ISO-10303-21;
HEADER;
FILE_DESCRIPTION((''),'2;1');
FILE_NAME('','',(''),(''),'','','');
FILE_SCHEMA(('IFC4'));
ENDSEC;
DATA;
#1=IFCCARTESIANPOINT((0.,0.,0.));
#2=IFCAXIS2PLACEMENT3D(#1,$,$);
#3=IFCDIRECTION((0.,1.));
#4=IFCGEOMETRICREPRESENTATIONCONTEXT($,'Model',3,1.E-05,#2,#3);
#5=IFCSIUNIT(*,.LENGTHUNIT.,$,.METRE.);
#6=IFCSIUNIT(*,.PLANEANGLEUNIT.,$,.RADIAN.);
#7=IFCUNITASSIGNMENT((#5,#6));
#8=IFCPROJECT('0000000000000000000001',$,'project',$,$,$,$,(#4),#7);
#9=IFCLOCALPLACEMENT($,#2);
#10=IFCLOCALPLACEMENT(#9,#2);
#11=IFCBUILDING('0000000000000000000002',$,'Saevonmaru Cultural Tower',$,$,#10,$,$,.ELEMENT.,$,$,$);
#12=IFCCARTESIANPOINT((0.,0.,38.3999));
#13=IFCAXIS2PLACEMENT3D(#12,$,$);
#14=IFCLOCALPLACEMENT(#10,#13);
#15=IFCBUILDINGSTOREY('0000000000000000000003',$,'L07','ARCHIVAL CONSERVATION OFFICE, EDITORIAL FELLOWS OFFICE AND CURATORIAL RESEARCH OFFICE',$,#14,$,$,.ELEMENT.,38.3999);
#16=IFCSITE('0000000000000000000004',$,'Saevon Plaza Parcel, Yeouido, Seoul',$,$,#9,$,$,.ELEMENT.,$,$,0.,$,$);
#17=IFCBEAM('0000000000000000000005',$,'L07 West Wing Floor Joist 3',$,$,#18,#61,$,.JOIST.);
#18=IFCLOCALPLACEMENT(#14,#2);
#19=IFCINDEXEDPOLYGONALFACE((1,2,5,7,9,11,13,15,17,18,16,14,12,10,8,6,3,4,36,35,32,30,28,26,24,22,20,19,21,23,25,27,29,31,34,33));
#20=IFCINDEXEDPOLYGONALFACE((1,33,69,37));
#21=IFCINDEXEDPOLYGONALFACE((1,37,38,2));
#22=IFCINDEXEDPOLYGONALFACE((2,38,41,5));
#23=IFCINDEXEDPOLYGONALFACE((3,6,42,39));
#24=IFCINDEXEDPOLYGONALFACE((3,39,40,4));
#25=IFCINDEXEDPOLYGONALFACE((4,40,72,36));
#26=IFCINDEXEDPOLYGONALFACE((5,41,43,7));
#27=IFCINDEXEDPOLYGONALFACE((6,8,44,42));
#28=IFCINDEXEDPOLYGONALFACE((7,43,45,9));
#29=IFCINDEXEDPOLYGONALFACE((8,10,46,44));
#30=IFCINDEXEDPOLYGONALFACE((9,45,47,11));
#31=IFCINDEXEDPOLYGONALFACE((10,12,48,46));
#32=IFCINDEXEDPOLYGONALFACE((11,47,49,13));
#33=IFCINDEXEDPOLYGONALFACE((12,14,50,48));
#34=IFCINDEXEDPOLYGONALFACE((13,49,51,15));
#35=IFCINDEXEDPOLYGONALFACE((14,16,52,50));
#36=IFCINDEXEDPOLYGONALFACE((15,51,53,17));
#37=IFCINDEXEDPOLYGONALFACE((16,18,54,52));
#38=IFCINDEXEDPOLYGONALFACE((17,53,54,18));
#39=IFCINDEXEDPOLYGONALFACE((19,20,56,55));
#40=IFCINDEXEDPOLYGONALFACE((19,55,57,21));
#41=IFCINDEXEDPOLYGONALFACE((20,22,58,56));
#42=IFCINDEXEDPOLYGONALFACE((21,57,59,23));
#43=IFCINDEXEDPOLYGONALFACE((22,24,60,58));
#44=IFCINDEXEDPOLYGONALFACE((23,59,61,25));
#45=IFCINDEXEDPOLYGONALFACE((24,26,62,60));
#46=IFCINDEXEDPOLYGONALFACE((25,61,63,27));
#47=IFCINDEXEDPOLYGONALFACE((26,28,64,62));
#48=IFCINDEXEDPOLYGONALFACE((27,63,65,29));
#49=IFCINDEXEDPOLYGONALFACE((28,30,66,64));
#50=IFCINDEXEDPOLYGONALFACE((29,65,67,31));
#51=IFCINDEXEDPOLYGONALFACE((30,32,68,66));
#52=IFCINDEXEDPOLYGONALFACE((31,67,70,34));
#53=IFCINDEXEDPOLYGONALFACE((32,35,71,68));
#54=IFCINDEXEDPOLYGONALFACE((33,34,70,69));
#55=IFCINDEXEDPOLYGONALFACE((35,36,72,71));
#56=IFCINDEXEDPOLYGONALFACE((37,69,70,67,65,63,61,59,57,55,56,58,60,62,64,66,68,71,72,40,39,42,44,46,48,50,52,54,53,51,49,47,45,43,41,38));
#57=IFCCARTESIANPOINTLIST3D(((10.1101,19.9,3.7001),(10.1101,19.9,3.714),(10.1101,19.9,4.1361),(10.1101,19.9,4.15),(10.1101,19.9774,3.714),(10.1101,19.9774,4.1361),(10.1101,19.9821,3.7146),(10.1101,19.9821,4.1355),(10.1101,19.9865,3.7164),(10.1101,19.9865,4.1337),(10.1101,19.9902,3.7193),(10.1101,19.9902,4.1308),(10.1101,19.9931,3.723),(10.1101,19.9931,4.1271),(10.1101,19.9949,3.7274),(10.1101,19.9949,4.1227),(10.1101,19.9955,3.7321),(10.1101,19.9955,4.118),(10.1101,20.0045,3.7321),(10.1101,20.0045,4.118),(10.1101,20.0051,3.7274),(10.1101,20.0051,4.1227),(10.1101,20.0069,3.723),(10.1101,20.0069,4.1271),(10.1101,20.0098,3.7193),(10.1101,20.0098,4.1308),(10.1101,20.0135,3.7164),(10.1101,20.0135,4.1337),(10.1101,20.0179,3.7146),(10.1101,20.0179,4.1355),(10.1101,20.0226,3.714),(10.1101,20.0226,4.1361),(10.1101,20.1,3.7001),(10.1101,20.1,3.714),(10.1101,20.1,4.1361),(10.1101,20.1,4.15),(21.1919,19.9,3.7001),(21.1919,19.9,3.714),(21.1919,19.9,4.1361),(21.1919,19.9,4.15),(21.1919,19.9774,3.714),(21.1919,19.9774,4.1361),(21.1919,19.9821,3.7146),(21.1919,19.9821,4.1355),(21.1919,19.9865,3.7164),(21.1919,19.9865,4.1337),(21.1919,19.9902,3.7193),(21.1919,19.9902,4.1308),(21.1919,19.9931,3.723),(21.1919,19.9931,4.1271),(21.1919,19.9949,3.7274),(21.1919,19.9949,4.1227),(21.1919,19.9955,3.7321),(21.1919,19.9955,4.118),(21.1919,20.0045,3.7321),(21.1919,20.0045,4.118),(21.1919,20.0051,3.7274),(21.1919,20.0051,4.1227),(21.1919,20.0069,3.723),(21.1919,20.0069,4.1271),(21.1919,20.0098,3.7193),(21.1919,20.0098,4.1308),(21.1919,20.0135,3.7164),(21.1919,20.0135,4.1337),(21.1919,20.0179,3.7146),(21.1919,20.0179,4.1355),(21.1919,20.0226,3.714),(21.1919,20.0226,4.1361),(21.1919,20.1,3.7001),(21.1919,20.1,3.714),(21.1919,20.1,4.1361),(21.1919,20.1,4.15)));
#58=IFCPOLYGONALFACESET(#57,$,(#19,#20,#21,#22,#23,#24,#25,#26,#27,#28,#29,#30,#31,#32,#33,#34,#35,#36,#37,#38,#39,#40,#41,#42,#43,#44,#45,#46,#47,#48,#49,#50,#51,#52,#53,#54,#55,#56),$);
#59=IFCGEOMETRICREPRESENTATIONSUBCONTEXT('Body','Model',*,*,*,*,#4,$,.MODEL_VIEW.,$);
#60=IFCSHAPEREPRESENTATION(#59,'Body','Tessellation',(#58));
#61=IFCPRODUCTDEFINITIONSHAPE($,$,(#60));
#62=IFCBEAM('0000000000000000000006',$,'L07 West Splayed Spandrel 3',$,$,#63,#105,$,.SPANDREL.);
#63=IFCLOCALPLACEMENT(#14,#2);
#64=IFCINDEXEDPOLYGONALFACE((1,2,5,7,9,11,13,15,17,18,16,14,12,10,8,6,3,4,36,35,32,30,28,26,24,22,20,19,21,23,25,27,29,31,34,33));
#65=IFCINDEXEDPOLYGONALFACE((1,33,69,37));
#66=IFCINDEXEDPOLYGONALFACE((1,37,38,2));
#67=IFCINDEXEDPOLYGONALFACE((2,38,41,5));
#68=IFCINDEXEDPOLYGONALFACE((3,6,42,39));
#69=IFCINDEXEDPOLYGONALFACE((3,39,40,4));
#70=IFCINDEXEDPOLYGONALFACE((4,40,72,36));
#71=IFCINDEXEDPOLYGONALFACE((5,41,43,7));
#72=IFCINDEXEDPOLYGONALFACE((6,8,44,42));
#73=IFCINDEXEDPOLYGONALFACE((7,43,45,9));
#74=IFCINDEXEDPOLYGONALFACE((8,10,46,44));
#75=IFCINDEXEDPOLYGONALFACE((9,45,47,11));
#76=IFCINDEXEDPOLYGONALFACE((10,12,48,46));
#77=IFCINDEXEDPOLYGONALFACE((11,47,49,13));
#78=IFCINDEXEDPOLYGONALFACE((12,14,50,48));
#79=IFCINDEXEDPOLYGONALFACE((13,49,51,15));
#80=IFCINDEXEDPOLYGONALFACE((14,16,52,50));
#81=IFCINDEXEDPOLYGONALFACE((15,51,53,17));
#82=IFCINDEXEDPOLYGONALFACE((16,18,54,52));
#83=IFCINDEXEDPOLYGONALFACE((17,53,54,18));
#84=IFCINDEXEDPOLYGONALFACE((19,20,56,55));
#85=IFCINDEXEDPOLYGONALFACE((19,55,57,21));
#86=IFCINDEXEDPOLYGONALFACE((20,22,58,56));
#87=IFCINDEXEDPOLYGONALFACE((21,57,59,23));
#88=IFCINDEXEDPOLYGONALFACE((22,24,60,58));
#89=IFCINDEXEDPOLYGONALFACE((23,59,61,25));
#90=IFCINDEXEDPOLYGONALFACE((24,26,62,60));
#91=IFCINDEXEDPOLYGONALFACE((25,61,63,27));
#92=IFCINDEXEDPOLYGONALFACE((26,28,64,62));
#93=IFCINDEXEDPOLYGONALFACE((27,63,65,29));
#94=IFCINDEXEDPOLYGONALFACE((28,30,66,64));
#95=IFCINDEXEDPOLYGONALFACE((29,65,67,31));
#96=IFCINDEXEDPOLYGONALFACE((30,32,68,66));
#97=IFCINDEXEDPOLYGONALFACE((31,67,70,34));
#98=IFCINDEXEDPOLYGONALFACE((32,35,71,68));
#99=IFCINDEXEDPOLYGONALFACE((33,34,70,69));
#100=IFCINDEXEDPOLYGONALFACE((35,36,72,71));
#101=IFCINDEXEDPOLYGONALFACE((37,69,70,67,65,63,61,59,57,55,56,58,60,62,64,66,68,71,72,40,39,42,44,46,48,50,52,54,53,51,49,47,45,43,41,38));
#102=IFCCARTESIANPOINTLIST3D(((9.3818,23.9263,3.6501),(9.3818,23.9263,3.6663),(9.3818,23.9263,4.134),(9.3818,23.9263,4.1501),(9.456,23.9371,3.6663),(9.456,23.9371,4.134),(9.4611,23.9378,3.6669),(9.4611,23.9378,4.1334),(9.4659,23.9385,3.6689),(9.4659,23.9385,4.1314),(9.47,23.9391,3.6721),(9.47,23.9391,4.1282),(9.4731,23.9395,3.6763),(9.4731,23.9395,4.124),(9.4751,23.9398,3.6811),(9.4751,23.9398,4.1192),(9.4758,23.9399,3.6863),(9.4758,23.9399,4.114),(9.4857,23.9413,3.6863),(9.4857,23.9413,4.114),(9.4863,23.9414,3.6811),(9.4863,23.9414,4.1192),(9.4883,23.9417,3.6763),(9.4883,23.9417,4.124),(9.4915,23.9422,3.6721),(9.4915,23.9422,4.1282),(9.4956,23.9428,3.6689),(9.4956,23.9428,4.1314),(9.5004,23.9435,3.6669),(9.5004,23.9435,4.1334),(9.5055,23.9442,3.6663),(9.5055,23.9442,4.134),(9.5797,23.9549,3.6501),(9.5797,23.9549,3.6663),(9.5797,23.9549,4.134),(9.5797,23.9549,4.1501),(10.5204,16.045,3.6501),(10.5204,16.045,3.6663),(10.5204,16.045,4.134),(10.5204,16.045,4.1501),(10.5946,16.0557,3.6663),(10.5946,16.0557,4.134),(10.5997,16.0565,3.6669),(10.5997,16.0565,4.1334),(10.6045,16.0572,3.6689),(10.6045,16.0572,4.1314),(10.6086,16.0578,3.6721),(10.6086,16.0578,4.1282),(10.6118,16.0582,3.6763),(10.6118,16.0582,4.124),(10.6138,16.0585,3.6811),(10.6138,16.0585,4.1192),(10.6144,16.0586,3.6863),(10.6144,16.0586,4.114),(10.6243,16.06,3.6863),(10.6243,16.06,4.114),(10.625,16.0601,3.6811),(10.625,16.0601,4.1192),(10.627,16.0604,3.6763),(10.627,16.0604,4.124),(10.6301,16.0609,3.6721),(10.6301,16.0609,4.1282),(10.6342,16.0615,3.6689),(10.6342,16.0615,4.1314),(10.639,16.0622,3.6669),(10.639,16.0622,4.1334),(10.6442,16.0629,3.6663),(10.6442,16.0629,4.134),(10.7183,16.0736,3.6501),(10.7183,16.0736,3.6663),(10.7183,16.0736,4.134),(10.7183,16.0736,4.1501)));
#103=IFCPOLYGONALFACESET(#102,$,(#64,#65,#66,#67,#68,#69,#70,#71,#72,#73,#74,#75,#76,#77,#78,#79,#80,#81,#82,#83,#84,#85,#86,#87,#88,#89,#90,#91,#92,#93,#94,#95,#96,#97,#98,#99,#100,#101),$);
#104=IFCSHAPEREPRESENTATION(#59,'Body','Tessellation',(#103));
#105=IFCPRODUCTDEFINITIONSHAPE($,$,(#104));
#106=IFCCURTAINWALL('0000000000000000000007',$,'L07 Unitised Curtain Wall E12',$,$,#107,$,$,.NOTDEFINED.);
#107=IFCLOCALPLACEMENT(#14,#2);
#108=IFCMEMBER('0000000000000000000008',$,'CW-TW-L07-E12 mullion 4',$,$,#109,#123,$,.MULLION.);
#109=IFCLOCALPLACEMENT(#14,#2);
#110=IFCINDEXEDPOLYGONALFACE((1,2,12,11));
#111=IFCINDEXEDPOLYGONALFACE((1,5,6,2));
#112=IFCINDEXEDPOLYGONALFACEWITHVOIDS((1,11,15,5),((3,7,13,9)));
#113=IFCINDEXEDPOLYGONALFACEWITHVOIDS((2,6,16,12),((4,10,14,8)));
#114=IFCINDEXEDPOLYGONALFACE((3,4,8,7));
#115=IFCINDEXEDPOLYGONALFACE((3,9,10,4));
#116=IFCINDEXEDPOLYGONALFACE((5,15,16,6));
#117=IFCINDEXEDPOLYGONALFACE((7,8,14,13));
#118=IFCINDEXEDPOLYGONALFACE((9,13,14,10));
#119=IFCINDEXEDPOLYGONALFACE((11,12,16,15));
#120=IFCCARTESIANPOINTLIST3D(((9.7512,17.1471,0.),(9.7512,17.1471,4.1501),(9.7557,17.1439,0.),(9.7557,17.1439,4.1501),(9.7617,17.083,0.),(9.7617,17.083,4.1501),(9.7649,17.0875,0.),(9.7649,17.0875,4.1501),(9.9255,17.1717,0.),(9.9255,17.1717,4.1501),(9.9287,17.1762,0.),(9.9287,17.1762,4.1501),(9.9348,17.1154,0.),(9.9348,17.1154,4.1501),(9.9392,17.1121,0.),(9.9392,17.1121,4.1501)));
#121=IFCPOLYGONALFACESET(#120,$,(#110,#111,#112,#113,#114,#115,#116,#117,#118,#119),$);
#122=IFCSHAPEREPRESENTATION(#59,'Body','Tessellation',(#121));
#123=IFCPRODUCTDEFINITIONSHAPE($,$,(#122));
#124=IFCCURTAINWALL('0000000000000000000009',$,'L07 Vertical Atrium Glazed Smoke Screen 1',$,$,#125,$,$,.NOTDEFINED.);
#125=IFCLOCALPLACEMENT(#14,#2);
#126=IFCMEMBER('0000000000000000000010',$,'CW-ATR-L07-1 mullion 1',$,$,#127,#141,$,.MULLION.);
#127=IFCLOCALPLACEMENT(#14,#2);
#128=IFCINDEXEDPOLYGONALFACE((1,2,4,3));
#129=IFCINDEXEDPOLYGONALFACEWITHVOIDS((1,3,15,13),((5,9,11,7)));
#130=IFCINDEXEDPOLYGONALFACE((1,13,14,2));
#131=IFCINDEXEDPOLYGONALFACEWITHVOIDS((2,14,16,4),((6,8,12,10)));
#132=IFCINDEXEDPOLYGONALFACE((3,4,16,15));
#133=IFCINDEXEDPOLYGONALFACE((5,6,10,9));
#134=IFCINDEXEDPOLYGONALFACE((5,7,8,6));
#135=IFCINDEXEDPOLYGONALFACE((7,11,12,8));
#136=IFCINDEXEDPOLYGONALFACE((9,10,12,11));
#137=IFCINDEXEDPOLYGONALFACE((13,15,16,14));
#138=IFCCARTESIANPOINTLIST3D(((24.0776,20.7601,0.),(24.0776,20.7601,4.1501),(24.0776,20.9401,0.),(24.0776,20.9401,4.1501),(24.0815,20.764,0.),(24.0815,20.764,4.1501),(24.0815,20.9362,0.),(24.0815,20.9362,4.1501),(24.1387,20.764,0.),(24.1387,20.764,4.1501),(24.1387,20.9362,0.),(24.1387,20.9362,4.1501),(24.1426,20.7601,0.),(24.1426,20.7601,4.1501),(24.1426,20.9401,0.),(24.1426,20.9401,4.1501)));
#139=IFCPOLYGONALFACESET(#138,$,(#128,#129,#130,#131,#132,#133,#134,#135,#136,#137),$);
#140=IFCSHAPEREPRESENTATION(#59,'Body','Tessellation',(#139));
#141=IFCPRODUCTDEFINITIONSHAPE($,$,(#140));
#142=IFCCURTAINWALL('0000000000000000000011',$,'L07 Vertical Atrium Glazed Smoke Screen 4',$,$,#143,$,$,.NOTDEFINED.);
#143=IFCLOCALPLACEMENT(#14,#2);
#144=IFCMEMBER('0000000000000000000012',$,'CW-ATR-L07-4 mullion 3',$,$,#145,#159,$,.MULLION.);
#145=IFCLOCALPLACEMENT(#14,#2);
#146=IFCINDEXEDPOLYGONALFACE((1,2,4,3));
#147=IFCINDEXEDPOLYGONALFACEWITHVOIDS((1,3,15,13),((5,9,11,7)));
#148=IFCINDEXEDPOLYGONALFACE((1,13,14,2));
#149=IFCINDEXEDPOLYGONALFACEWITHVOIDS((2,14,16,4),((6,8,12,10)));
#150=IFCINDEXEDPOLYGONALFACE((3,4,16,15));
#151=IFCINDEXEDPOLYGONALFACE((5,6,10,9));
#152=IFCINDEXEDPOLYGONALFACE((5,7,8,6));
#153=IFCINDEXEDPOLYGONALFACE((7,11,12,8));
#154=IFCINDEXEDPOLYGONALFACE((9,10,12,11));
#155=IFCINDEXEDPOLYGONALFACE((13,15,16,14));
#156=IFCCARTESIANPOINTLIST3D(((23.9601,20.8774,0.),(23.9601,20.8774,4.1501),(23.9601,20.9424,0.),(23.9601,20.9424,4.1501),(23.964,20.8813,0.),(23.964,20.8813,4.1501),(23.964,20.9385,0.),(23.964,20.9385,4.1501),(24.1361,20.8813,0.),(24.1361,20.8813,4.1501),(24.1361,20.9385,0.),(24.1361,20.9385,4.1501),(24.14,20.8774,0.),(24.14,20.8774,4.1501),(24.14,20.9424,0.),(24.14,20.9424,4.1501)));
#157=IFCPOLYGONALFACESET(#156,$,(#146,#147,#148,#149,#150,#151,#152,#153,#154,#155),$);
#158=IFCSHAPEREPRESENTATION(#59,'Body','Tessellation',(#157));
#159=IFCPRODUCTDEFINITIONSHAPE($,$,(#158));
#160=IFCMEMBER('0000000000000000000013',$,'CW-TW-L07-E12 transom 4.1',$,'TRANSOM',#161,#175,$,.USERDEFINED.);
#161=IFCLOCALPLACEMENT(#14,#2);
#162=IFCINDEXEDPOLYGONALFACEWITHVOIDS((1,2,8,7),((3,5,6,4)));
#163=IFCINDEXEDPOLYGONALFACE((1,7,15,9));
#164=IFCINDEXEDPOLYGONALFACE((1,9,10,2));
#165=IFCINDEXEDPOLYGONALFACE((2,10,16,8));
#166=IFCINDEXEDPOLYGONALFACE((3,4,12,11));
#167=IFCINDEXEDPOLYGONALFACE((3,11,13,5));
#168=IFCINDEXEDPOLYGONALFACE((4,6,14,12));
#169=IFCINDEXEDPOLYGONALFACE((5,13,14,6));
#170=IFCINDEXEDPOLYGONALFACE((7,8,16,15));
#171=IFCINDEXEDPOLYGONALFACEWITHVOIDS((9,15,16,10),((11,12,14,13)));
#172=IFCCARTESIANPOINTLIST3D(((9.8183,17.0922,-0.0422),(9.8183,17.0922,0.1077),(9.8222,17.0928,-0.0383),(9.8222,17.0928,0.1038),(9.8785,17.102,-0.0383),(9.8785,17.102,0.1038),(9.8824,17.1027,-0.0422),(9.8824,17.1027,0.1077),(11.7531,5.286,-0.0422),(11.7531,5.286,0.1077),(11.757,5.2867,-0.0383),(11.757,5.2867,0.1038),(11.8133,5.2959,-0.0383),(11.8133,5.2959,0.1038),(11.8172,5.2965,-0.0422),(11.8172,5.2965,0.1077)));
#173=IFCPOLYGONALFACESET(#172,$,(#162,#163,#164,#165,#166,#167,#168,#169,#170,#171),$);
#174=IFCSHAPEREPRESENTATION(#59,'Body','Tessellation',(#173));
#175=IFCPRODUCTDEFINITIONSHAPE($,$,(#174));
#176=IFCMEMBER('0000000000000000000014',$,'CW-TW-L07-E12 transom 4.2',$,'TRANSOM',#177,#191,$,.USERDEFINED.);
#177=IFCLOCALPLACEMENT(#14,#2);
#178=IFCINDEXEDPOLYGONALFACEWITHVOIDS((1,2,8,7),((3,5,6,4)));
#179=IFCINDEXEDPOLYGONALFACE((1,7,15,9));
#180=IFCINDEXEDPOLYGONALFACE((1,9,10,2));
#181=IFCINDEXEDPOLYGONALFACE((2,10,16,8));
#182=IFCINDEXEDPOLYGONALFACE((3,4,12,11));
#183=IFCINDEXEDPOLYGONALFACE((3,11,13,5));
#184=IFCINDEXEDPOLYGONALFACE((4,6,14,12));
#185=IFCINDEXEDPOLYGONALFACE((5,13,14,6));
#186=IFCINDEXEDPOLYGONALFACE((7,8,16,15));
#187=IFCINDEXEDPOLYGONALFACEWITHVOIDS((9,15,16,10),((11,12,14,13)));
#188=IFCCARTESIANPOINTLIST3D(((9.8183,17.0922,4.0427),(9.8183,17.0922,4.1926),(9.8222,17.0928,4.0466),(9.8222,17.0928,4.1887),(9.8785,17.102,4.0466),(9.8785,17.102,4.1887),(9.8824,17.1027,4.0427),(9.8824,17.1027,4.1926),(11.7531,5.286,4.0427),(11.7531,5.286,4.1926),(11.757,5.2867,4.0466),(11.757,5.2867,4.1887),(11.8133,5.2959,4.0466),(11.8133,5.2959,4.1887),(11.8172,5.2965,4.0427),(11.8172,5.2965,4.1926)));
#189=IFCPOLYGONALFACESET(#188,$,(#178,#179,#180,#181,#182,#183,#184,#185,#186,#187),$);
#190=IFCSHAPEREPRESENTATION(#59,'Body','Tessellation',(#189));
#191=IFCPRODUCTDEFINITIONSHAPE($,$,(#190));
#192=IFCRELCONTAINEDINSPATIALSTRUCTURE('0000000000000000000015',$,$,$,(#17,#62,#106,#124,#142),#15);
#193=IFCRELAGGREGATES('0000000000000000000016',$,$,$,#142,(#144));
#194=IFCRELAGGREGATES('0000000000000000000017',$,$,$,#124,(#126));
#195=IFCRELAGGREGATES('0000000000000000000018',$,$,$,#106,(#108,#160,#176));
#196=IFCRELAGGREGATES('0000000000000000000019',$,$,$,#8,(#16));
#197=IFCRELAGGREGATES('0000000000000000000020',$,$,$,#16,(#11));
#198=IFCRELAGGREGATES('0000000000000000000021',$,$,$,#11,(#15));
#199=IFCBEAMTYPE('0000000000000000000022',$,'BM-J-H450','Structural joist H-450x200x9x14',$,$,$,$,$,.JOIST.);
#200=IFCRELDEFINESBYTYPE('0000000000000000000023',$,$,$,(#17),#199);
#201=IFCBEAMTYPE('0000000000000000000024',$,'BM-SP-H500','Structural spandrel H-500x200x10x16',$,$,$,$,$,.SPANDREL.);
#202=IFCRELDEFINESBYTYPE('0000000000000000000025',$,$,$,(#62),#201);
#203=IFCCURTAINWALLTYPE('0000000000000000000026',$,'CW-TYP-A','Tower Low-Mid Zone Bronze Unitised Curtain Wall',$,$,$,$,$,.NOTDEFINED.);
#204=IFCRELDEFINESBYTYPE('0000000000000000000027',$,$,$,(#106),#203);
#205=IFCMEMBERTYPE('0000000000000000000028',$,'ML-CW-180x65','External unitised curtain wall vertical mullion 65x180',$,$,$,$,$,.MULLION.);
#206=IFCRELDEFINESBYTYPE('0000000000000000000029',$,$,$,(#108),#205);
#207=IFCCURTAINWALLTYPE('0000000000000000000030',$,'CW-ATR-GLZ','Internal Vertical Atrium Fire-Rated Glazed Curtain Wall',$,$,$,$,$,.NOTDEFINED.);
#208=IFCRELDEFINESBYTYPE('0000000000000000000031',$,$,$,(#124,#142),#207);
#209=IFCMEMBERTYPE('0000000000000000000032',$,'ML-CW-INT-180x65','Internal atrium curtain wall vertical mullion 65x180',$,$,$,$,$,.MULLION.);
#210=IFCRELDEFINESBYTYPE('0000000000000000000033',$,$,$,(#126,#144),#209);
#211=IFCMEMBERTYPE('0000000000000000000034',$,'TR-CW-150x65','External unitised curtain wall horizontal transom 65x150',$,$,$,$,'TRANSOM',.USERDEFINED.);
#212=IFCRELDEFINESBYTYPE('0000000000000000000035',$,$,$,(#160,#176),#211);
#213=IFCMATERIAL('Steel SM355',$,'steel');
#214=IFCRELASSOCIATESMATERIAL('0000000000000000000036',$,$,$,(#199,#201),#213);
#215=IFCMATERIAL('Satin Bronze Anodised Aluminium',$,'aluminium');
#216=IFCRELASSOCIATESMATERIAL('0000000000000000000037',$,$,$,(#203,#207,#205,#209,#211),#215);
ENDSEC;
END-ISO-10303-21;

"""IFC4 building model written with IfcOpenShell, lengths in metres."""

from ifc_helpers import new_model, si_unit, direction, frame, origin, origin_2d, place, context, subcontext, project, spatial, hollow_rectangle, i_section, extrude, material, material_profile, profile_set, type_object, element, aggregate, save


model = new_model("IFC4")

# Units and contexts
model_context = context("Model", 3, precision=1e-05, world=origin(), true_north=direction((0.0, 1.0)))
body_context = subcontext(model_context, "Body", "Model", "MODEL_VIEW")
ifc_project = project(units=[si_unit("LENGTHUNIT", "METRE"), si_unit("PLANEANGLEUNIT", "RADIAN")], contexts=[model_context])

# Site, building, storey
site_placement = place(None, origin())
site = spatial("IfcSite", under=ifc_project, at=site_placement, Name="Saevon Plaza Parcel, Yeouido, Seoul", CompositionType="ELEMENT", RefElevation=0.0)
building_placement = place(site_placement, origin())
building = spatial("IfcBuilding", under=site, at=building_placement, Name="Saevonmaru Cultural Tower", CompositionType="ELEMENT")
storey_placement = place(building_placement, frame((0.0, 0.0, 38.3999)))
storey = spatial("IfcBuildingStorey", under=building, at=storey_placement, Name="L07", Description="ARCHIVAL CONSERVATION OFFICE, EDITORIAL FELLOWS OFFICE AND CURATORIAL RESEARCH OFFICE", CompositionType="ELEMENT", Elevation=38.3999)

# Beams
ifc_material_1 = material(Name="Steel SM355", Category="steel")
ifc_material_profile_1 = material_profile(ifc_material_1, i_section(OverallWidth=0.2, OverallDepth=0.45, WebThickness=0.009, FlangeThickness=0.0139, FilletRadius=0.0181, at=origin_2d()), Name="H-450x200x9x14")
ifc_profile_set_1 = profile_set([ifc_material_profile_1], Name="Steel SM355")
beam_type_1 = type_object("IfcBeamType", Name="BM-J-H450", Description="Structural joist H-450x200x9x14", PredefinedType="JOIST", material=ifc_profile_set_1)
beam_1_placement = place(storey_placement, frame((10.1101, 20.0, 3.925), z_axis=(1.0, 0.0, 0.0), x_axis=(0.0, 1.0, 0.0)))
element("IfcBeam", 1, at=beam_1_placement, inside=storey, type_object=beam_type_1, Name="L07 West Wing Floor Joist 3", PredefinedType="JOIST", context=body_context, shape_type="SweptSolid", body=[
    extrude(i_section(OverallWidth=0.2, OverallDepth=0.45, WebThickness=0.009, FlangeThickness=0.0139, FilletRadius=0.0181, at=origin_2d()), origin(), (0.0, 0.0, 1.0), 11.0818),
])
ifc_material_profile_2 = material_profile(ifc_material_1, i_section(OverallWidth=0.2, OverallDepth=0.5, WebThickness=0.01, FlangeThickness=0.0161, FilletRadius=0.02, at=origin_2d()), Name="H-500x200x10x16")
ifc_profile_set_2 = profile_set([ifc_material_profile_2], Name="Steel SM355")
beam_type_2 = type_object("IfcBeamType", Name="BM-SP-H500", Description="Structural spandrel H-500x200x10x16", PredefinedType="SPANDREL", material=ifc_profile_set_2)
beam_2_placement = place(storey_placement, frame((10.6194, 16.0593, 3.9001), z_axis=(-0.142992, 0.989724, 0.0), x_axis=(-0.989724, -0.142992, 0.0)))
element("IfcBeam", 2, at=beam_2_placement, inside=storey, type_object=beam_type_2, Name="L07 West Splayed Spandrel 3", PredefinedType="SPANDREL", context=body_context, shape_type="SweptSolid", body=[
    extrude(i_section(OverallWidth=0.2, OverallDepth=0.5, WebThickness=0.01, FlangeThickness=0.0161, FilletRadius=0.02, at=origin_2d()), origin(), (0.0, 0.0, 1.0), 7.9631),
])

# Curtain walls, members
ifc_material_2 = material(Name="Satin Bronze Anodised Aluminium", Category="aluminium")
curtain_wall_type_1 = type_object("IfcCurtainWallType", Name="CW-TYP-A", Description="Tower Low-Mid Zone Bronze Unitised Curtain Wall", PredefinedType="NOTDEFINED", material=ifc_material_2)
curtain_wall_1_placement = place(storey_placement, origin())
curtain_wall_1 = element("IfcCurtainWall", 3, at=curtain_wall_1_placement, inside=storey, type_object=curtain_wall_type_1, Name="L07 Unitised Curtain Wall E12", PredefinedType="NOTDEFINED")
ifc_material_profile_3 = material_profile(ifc_material_2, hollow_rectangle(XDim=0.0649, YDim=0.1799, WallThickness=0.0039, at=origin_2d()), Name="ALU-MULL-180x65x4")
ifc_profile_set_3 = profile_set([ifc_material_profile_3], Name="Satin Bronze Anodised Aluminium")
member_type_1 = type_object("IfcMemberType", Name="ML-CW-180x65", Description="External unitised curtain wall vertical mullion 65x180", PredefinedType="MULLION", material=ifc_profile_set_3)
member_1_placement = place(storey_placement, frame((9.8452, 17.1296, 0.0), z_axis=(0.0, 0.0, 1.0), x_axis=(0.161709, -0.986839, 0.0)))
member_1 = element("IfcMember", 4, at=member_1_placement, type_object=member_type_1, Name="CW-TW-L07-E12 mullion 4", PredefinedType="MULLION", context=body_context, shape_type="SweptSolid", body=[
    extrude(hollow_rectangle(XDim=0.0649, YDim=0.1799, WallThickness=0.0039, at=origin_2d()), origin(), (0.0, 0.0, 1.0), 4.1501),
])
curtain_wall_type_2 = type_object("IfcCurtainWallType", Name="CW-ATR-GLZ", Description="Internal Vertical Atrium Fire-Rated Glazed Curtain Wall", PredefinedType="NOTDEFINED", material=ifc_material_2)
curtain_wall_2_placement = place(storey_placement, origin())
curtain_wall_2 = element("IfcCurtainWall", 5, at=curtain_wall_2_placement, inside=storey, type_object=curtain_wall_type_2, Name="L07 Vertical Atrium Glazed Smoke Screen 1", PredefinedType="NOTDEFINED")
ifc_material_profile_4 = material_profile(ifc_material_2, hollow_rectangle(XDim=0.0649, YDim=0.1799, WallThickness=0.0039, at=origin_2d()), Name="ALU-MULL-180x65x4")
ifc_profile_set_4 = profile_set([ifc_material_profile_4], Name="Satin Bronze Anodised Aluminium")
member_type_2 = type_object("IfcMemberType", Name="ML-CW-INT-180x65", Description="Internal atrium curtain wall vertical mullion 65x180", PredefinedType="MULLION", material=ifc_profile_set_4)
member_2_placement = place(storey_placement, frame((24.1101, 20.8501, 0.0), z_axis=(0.0, 0.0, 1.0), x_axis=(1.0, 0.0, 0.0)))
member_2 = element("IfcMember", 6, at=member_2_placement, type_object=member_type_2, Name="CW-ATR-L07-1 mullion 1", PredefinedType="MULLION", context=body_context, shape_type="SweptSolid", body=[
    extrude(hollow_rectangle(XDim=0.0649, YDim=0.1799, WallThickness=0.0039, at=origin_2d()), origin(), (0.0, 0.0, 1.0), 4.1501),
])
curtain_wall_3_placement = place(storey_placement, origin())
curtain_wall_3 = element("IfcCurtainWall", 7, at=curtain_wall_3_placement, inside=storey, type_object=curtain_wall_type_2, Name="L07 Vertical Atrium Glazed Smoke Screen 4", PredefinedType="NOTDEFINED")
member_3_placement = place(storey_placement, frame((24.05, 20.9099, 0.0), z_axis=(0.0, 0.0, 1.0), x_axis=(0.0, -1.0, 0.0)))
member_3 = element("IfcMember", 8, at=member_3_placement, type_object=member_type_2, Name="CW-ATR-L07-4 mullion 3", PredefinedType="MULLION", context=body_context, shape_type="SweptSolid", body=[
    extrude(hollow_rectangle(XDim=0.0649, YDim=0.1799, WallThickness=0.0039, at=origin_2d()), origin(), (0.0, 0.0, 1.0), 4.1501),
])
aggregate(curtain_wall_3, [member_3])

# Members
ifc_material_profile_5 = material_profile(ifc_material_2, hollow_rectangle(XDim=0.0649, YDim=0.1499, WallThickness=0.0039, at=origin_2d()), Name="ALU-TRAN-150x65x4")
ifc_profile_set_5 = profile_set([ifc_material_profile_5], Name="Satin Bronze Anodised Aluminium")
member_type_3 = type_object("IfcMemberType", Name="TR-CW-150x65", Description="External unitised curtain wall horizontal transom 65x150", ElementType="TRANSOM", PredefinedType="USERDEFINED", material=ifc_profile_set_5)
member_4_placement = place(storey_placement, frame((9.8503, 17.0974, 0.0327), z_axis=(0.161725, -0.986836, 0.0), x_axis=(0.986836, 0.161725, 0.0)))
member_4 = element("IfcMember", 9, at=member_4_placement, type_object=member_type_3, Name="CW-TW-L07-E12 transom 4.1", ObjectType="TRANSOM", PredefinedType="USERDEFINED", context=body_context, shape_type="SweptSolid", body=[
    extrude(hollow_rectangle(XDim=0.0649, YDim=0.1499, WallThickness=0.0039, at=origin_2d()), origin(), (0.0, 0.0, 1.0), 11.9636),
])
member_5_placement = place(storey_placement, frame((9.8503, 17.0974, 4.1177), z_axis=(0.161725, -0.986836, 0.0), x_axis=(0.986836, 0.161725, 0.0)))
member_5 = element("IfcMember", 10, at=member_5_placement, type_object=member_type_3, Name="CW-TW-L07-E12 transom 4.2", ObjectType="TRANSOM", PredefinedType="USERDEFINED", context=body_context, shape_type="SweptSolid", body=[
    extrude(hollow_rectangle(XDim=0.0649, YDim=0.1499, WallThickness=0.0039, at=origin_2d()), origin(), (0.0, 0.0, 1.0), 11.9636),
])
aggregate(curtain_wall_2, [member_2])

aggregate(curtain_wall_1, [member_1, member_4, member_5])

save(model, "model.ifc")
